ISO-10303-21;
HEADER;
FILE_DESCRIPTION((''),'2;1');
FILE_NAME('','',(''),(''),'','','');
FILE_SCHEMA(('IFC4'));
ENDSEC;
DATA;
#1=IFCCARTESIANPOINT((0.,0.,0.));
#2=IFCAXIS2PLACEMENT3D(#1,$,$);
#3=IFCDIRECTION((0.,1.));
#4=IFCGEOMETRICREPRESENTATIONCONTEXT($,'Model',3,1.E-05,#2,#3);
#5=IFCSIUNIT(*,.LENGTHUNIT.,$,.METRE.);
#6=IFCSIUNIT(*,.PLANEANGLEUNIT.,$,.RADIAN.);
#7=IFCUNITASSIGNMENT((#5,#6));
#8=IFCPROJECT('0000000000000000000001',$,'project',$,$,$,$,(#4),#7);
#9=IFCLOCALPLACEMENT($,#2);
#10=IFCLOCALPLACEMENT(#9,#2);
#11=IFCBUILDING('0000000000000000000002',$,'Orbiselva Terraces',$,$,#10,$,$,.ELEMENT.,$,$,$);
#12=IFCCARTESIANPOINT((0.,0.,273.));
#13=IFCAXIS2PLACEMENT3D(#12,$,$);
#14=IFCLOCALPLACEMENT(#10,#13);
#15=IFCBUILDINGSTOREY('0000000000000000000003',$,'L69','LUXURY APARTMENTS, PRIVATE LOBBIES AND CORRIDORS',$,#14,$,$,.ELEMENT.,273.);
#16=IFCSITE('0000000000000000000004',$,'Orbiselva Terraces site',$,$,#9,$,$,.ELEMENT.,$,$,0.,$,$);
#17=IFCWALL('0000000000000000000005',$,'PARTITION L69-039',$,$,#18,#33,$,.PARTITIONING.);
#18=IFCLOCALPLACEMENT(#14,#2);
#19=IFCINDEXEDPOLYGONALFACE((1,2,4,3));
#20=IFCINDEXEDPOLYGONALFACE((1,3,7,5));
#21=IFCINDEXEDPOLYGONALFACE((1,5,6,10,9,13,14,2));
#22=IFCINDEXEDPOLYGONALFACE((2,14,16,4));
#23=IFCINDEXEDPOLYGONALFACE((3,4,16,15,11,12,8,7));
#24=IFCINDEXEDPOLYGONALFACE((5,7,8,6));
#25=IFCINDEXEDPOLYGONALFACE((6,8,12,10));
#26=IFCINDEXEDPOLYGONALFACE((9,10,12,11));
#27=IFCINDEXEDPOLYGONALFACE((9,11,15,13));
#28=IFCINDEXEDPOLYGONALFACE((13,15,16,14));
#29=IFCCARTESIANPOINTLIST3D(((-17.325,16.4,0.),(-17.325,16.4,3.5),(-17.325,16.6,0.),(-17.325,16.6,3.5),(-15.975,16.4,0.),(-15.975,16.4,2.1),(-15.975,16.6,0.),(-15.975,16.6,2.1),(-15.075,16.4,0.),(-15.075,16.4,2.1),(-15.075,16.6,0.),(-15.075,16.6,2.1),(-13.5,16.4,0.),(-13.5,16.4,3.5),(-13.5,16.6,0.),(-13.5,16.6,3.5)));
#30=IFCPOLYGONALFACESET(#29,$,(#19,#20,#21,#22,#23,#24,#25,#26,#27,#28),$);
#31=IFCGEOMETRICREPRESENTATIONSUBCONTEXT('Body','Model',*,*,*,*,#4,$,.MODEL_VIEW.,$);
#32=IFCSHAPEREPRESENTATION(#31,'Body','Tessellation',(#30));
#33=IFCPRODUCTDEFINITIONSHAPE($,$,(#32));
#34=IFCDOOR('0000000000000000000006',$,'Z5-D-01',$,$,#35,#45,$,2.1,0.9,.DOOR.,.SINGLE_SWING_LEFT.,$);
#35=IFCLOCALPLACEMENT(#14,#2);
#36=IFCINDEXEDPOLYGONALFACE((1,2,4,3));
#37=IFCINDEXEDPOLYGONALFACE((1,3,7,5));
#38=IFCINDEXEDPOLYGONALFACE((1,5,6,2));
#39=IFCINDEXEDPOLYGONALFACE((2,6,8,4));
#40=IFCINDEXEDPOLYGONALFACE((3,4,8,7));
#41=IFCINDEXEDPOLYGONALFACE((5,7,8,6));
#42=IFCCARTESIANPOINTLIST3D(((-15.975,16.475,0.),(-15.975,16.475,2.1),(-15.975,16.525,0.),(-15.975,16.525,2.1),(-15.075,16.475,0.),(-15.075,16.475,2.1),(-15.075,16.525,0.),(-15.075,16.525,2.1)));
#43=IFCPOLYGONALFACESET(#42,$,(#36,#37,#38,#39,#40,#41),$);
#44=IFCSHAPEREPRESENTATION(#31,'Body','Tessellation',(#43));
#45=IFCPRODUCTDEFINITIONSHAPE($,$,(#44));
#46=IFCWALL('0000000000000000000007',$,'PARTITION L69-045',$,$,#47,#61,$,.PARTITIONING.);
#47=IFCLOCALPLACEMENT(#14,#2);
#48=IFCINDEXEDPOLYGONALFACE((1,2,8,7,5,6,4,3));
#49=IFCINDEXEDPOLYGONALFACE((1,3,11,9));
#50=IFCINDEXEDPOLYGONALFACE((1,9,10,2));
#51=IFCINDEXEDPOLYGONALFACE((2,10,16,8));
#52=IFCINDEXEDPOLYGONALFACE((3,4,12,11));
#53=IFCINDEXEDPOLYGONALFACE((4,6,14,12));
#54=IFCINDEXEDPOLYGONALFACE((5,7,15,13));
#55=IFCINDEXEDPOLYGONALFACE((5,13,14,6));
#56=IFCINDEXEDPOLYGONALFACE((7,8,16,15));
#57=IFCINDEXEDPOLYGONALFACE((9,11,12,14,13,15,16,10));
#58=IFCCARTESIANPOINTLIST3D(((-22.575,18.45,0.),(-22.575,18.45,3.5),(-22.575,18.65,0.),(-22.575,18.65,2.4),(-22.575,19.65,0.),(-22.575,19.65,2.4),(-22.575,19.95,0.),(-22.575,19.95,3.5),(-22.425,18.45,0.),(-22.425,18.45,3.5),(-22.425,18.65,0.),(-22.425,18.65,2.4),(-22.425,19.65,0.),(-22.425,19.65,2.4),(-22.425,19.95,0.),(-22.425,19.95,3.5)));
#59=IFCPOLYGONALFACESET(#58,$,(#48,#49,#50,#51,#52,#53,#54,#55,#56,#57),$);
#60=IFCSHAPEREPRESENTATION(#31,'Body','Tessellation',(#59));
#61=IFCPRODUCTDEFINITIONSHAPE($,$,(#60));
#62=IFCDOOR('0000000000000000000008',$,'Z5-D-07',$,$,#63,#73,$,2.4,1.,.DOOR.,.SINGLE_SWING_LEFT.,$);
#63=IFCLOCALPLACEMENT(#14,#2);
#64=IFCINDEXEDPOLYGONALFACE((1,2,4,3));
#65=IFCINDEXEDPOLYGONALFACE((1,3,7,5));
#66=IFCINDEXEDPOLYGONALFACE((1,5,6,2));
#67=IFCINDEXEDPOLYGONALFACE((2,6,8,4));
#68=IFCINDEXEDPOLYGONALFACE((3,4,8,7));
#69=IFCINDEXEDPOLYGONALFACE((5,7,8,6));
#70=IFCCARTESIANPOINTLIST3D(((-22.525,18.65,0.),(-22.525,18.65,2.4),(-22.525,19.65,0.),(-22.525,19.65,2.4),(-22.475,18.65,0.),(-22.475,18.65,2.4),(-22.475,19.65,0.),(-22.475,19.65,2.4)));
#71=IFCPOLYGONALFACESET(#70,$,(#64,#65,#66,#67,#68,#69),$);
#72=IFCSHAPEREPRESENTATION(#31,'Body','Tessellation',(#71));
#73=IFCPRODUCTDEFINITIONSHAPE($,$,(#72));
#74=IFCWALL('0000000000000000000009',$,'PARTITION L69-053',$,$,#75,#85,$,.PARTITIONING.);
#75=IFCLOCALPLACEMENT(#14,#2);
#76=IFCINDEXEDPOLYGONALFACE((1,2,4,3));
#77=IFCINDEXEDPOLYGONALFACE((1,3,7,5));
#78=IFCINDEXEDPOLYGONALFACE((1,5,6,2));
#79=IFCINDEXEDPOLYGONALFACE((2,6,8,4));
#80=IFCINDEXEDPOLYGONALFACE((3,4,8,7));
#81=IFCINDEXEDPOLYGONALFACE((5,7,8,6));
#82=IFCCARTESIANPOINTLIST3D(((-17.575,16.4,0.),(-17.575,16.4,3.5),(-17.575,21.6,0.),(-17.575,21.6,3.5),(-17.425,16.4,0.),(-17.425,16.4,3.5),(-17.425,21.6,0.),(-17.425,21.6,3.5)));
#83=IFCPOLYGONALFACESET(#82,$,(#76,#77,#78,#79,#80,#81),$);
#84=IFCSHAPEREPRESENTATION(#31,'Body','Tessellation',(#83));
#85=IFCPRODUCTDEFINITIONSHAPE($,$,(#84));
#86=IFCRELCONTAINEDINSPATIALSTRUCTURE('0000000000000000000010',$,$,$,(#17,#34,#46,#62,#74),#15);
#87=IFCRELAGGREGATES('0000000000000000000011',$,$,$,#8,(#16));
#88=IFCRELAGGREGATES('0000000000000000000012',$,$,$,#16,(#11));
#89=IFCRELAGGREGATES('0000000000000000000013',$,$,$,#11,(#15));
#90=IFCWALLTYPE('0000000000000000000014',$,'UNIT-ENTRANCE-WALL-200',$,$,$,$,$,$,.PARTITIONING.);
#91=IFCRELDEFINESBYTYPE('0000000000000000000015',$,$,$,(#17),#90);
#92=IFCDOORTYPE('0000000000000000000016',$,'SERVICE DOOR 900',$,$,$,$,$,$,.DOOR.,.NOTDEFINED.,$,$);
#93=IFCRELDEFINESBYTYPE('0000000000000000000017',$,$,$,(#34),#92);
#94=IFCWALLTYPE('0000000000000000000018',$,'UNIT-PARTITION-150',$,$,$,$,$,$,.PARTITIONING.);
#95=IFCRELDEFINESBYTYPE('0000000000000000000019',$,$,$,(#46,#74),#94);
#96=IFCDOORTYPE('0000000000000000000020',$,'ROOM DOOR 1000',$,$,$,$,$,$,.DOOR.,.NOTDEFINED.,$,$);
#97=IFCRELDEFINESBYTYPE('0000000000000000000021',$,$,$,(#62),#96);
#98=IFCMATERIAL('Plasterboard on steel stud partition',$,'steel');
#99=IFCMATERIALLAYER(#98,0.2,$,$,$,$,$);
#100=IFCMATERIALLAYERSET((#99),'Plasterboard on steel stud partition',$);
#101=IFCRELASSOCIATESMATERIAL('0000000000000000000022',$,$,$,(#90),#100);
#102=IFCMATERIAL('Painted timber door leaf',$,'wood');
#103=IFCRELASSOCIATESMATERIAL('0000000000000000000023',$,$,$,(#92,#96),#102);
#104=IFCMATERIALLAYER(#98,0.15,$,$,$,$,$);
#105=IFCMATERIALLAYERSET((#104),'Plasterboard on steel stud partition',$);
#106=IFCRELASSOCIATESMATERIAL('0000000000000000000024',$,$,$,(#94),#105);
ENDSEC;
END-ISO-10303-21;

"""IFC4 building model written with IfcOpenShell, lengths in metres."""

from ifc_helpers import new_model, si_unit, direction, frame, frame_2d, origin, place, context, subcontext, project, spatial, rectangle, extrude, material, layer, layer_set, type_object, element, fill, save


model = new_model("IFC4")

# Units and contexts
model_context = context("Model", 3, precision=1e-05, world=origin(), true_north=direction((0.0, 1.0)))
body_context = subcontext(model_context, "Body", "Model", "MODEL_VIEW")
ifc_project = project(units=[si_unit("LENGTHUNIT", "METRE"), si_unit("PLANEANGLEUNIT", "RADIAN")], contexts=[model_context])

# Site, building, storey
site_placement = place(None, origin())
site = spatial("IfcSite", under=ifc_project, at=site_placement, Name="Orbiselva Terraces site", CompositionType="ELEMENT", RefElevation=0.0)
building_placement = place(site_placement, origin())
building = spatial("IfcBuilding", under=site, at=building_placement, Name="Orbiselva Terraces", CompositionType="ELEMENT")
storey_placement = place(building_placement, frame((0.0, 0.0, 273.0)))
storey = spatial("IfcBuildingStorey", under=building, at=storey_placement, Name="L69", Description="LUXURY APARTMENTS, PRIVATE LOBBIES AND CORRIDORS", CompositionType="ELEMENT", Elevation=273.0)

# Walls, openings, doors
ifc_material_1 = material(Name="Plasterboard on steel stud partition", Category="steel")
ifc_layer_1 = layer(ifc_material_1, 0.2)
ifc_layer_set_1 = layer_set([ifc_layer_1], Name="Plasterboard on steel stud partition")
wall_type_1 = type_object("IfcWallType", Name="UNIT-ENTRANCE-WALL-200", PredefinedType="PARTITIONING", material=ifc_layer_set_1)
wall_1_placement = place(storey_placement, frame((-17.325, 16.5, 0.0), z_axis=(0.0, 0.0, 1.0), x_axis=(1.0, 0.0, 0.0)))
wall_1 = element("IfcWall", 1, at=wall_1_placement, inside=storey, type_object=wall_type_1, Name="PARTITION L69-039", PredefinedType="PARTITIONING", context=body_context, shape_type="SweptSolid", body=[
    extrude(rectangle(XDim=3.825, YDim=0.2, at=frame_2d((1.9125, 0.0))), origin(), (0.0, 0.0, 1.0), 3.5),
])
opening_1_placement = place(wall_1_placement, frame((1.35, 0.0, 0.0)))
opening_1 = element("IfcOpeningElement", 2, at=opening_1_placement, cuts=wall_1, PredefinedType="OPENING", context=body_context, shape_type="SweptSolid", body=[
    extrude(rectangle(XDim=0.9, YDim=2.1, at=frame_2d((0.45, 1.05))), frame((0.0, 0.11, 0.0), z_axis=(0.0, -1.0, 0.0), x_axis=(1.0, 0.0, 0.0)), (0.0, 0.0, 1.0), 0.22),
])
ifc_material_2 = material(Name="Painted timber door leaf", Category="wood")
door_type_1 = type_object("IfcDoorType", Name="SERVICE DOOR 900", OperationType="NOTDEFINED", PredefinedType="DOOR", material=ifc_material_2)
door_1_placement = place(opening_1_placement, origin())
door_1 = element("IfcDoor", 3, at=door_1_placement, inside=storey, type_object=door_type_1, Name="Z5-D-01", OperationType="SINGLE_SWING_LEFT", OverallHeight=2.1, OverallWidth=0.9, PredefinedType="DOOR", context=body_context, shape_type="SweptSolid", body=[
    extrude(rectangle(XDim=0.9, YDim=2.1, at=frame_2d((0.45, 1.05))), frame((0.0, 0.025, 0.0), z_axis=(0.0, -1.0, 0.0), x_axis=(1.0, 0.0, 0.0)), (0.0, 0.0, 1.0), 0.05),
])
fill(opening_1, door_1)
ifc_layer_2 = layer(ifc_material_1, 0.15)
ifc_layer_set_2 = layer_set([ifc_layer_2], Name="Plasterboard on steel stud partition")
wall_type_2 = type_object("IfcWallType", Name="UNIT-PARTITION-150", PredefinedType="PARTITIONING", material=ifc_layer_set_2)
wall_2_placement = place(storey_placement, frame((-22.5, 18.45, 0.0), z_axis=(0.0, 0.0, 1.0), x_axis=(0.0, 1.0, 0.0)))
wall_2 = element("IfcWall", 4, at=wall_2_placement, inside=storey, type_object=wall_type_2, Name="PARTITION L69-045", PredefinedType="PARTITIONING", context=body_context, shape_type="SweptSolid", body=[
    extrude(rectangle(XDim=1.5, YDim=0.15, at=frame_2d((0.75, 0.0))), origin(), (0.0, 0.0, 1.0), 3.5),
])
opening_2_placement = place(wall_2_placement, frame((0.2, 0.0, 0.0)))
opening_2 = element("IfcOpeningElement", 5, at=opening_2_placement, cuts=wall_2, PredefinedType="OPENING", context=body_context, shape_type="SweptSolid", body=[
    extrude(rectangle(XDim=1.0, YDim=2.4, at=frame_2d((0.5, 1.2))), frame((0.0, 0.085, 0.0), z_axis=(0.0, -1.0, 0.0), x_axis=(1.0, 0.0, 0.0)), (0.0, 0.0, 1.0), 0.17),
])
door_type_2 = type_object("IfcDoorType", Name="ROOM DOOR 1000", OperationType="NOTDEFINED", PredefinedType="DOOR", material=ifc_material_2)
door_2_placement = place(opening_2_placement, origin())
door_2 = element("IfcDoor", 6, at=door_2_placement, inside=storey, type_object=door_type_2, Name="Z5-D-07", OperationType="SINGLE_SWING_LEFT", OverallHeight=2.4, OverallWidth=1.0, PredefinedType="DOOR", context=body_context, shape_type="SweptSolid", body=[
    extrude(rectangle(XDim=1.0, YDim=2.4, at=frame_2d((0.5, 1.2))), frame((0.0, 0.025, 0.0), z_axis=(0.0, -1.0, 0.0), x_axis=(1.0, 0.0, 0.0)), (0.0, 0.0, 1.0), 0.05),
])
fill(opening_2, door_2)

# Wall
wall_3_placement = place(storey_placement, frame((-17.5, 16.4, 0.0), z_axis=(0.0, 0.0, 1.0), x_axis=(0.0, 1.0, 0.0)))
element("IfcWall", 7, at=wall_3_placement, inside=storey, type_object=wall_type_2, Name="PARTITION L69-053", PredefinedType="PARTITIONING", context=body_context, shape_type="SweptSolid", body=[
    extrude(rectangle(XDim=5.2, YDim=0.15, at=frame_2d((2.6, 0.0))), origin(), (0.0, 0.0, 1.0), 3.5),
])

save(model, "model.ifc")
